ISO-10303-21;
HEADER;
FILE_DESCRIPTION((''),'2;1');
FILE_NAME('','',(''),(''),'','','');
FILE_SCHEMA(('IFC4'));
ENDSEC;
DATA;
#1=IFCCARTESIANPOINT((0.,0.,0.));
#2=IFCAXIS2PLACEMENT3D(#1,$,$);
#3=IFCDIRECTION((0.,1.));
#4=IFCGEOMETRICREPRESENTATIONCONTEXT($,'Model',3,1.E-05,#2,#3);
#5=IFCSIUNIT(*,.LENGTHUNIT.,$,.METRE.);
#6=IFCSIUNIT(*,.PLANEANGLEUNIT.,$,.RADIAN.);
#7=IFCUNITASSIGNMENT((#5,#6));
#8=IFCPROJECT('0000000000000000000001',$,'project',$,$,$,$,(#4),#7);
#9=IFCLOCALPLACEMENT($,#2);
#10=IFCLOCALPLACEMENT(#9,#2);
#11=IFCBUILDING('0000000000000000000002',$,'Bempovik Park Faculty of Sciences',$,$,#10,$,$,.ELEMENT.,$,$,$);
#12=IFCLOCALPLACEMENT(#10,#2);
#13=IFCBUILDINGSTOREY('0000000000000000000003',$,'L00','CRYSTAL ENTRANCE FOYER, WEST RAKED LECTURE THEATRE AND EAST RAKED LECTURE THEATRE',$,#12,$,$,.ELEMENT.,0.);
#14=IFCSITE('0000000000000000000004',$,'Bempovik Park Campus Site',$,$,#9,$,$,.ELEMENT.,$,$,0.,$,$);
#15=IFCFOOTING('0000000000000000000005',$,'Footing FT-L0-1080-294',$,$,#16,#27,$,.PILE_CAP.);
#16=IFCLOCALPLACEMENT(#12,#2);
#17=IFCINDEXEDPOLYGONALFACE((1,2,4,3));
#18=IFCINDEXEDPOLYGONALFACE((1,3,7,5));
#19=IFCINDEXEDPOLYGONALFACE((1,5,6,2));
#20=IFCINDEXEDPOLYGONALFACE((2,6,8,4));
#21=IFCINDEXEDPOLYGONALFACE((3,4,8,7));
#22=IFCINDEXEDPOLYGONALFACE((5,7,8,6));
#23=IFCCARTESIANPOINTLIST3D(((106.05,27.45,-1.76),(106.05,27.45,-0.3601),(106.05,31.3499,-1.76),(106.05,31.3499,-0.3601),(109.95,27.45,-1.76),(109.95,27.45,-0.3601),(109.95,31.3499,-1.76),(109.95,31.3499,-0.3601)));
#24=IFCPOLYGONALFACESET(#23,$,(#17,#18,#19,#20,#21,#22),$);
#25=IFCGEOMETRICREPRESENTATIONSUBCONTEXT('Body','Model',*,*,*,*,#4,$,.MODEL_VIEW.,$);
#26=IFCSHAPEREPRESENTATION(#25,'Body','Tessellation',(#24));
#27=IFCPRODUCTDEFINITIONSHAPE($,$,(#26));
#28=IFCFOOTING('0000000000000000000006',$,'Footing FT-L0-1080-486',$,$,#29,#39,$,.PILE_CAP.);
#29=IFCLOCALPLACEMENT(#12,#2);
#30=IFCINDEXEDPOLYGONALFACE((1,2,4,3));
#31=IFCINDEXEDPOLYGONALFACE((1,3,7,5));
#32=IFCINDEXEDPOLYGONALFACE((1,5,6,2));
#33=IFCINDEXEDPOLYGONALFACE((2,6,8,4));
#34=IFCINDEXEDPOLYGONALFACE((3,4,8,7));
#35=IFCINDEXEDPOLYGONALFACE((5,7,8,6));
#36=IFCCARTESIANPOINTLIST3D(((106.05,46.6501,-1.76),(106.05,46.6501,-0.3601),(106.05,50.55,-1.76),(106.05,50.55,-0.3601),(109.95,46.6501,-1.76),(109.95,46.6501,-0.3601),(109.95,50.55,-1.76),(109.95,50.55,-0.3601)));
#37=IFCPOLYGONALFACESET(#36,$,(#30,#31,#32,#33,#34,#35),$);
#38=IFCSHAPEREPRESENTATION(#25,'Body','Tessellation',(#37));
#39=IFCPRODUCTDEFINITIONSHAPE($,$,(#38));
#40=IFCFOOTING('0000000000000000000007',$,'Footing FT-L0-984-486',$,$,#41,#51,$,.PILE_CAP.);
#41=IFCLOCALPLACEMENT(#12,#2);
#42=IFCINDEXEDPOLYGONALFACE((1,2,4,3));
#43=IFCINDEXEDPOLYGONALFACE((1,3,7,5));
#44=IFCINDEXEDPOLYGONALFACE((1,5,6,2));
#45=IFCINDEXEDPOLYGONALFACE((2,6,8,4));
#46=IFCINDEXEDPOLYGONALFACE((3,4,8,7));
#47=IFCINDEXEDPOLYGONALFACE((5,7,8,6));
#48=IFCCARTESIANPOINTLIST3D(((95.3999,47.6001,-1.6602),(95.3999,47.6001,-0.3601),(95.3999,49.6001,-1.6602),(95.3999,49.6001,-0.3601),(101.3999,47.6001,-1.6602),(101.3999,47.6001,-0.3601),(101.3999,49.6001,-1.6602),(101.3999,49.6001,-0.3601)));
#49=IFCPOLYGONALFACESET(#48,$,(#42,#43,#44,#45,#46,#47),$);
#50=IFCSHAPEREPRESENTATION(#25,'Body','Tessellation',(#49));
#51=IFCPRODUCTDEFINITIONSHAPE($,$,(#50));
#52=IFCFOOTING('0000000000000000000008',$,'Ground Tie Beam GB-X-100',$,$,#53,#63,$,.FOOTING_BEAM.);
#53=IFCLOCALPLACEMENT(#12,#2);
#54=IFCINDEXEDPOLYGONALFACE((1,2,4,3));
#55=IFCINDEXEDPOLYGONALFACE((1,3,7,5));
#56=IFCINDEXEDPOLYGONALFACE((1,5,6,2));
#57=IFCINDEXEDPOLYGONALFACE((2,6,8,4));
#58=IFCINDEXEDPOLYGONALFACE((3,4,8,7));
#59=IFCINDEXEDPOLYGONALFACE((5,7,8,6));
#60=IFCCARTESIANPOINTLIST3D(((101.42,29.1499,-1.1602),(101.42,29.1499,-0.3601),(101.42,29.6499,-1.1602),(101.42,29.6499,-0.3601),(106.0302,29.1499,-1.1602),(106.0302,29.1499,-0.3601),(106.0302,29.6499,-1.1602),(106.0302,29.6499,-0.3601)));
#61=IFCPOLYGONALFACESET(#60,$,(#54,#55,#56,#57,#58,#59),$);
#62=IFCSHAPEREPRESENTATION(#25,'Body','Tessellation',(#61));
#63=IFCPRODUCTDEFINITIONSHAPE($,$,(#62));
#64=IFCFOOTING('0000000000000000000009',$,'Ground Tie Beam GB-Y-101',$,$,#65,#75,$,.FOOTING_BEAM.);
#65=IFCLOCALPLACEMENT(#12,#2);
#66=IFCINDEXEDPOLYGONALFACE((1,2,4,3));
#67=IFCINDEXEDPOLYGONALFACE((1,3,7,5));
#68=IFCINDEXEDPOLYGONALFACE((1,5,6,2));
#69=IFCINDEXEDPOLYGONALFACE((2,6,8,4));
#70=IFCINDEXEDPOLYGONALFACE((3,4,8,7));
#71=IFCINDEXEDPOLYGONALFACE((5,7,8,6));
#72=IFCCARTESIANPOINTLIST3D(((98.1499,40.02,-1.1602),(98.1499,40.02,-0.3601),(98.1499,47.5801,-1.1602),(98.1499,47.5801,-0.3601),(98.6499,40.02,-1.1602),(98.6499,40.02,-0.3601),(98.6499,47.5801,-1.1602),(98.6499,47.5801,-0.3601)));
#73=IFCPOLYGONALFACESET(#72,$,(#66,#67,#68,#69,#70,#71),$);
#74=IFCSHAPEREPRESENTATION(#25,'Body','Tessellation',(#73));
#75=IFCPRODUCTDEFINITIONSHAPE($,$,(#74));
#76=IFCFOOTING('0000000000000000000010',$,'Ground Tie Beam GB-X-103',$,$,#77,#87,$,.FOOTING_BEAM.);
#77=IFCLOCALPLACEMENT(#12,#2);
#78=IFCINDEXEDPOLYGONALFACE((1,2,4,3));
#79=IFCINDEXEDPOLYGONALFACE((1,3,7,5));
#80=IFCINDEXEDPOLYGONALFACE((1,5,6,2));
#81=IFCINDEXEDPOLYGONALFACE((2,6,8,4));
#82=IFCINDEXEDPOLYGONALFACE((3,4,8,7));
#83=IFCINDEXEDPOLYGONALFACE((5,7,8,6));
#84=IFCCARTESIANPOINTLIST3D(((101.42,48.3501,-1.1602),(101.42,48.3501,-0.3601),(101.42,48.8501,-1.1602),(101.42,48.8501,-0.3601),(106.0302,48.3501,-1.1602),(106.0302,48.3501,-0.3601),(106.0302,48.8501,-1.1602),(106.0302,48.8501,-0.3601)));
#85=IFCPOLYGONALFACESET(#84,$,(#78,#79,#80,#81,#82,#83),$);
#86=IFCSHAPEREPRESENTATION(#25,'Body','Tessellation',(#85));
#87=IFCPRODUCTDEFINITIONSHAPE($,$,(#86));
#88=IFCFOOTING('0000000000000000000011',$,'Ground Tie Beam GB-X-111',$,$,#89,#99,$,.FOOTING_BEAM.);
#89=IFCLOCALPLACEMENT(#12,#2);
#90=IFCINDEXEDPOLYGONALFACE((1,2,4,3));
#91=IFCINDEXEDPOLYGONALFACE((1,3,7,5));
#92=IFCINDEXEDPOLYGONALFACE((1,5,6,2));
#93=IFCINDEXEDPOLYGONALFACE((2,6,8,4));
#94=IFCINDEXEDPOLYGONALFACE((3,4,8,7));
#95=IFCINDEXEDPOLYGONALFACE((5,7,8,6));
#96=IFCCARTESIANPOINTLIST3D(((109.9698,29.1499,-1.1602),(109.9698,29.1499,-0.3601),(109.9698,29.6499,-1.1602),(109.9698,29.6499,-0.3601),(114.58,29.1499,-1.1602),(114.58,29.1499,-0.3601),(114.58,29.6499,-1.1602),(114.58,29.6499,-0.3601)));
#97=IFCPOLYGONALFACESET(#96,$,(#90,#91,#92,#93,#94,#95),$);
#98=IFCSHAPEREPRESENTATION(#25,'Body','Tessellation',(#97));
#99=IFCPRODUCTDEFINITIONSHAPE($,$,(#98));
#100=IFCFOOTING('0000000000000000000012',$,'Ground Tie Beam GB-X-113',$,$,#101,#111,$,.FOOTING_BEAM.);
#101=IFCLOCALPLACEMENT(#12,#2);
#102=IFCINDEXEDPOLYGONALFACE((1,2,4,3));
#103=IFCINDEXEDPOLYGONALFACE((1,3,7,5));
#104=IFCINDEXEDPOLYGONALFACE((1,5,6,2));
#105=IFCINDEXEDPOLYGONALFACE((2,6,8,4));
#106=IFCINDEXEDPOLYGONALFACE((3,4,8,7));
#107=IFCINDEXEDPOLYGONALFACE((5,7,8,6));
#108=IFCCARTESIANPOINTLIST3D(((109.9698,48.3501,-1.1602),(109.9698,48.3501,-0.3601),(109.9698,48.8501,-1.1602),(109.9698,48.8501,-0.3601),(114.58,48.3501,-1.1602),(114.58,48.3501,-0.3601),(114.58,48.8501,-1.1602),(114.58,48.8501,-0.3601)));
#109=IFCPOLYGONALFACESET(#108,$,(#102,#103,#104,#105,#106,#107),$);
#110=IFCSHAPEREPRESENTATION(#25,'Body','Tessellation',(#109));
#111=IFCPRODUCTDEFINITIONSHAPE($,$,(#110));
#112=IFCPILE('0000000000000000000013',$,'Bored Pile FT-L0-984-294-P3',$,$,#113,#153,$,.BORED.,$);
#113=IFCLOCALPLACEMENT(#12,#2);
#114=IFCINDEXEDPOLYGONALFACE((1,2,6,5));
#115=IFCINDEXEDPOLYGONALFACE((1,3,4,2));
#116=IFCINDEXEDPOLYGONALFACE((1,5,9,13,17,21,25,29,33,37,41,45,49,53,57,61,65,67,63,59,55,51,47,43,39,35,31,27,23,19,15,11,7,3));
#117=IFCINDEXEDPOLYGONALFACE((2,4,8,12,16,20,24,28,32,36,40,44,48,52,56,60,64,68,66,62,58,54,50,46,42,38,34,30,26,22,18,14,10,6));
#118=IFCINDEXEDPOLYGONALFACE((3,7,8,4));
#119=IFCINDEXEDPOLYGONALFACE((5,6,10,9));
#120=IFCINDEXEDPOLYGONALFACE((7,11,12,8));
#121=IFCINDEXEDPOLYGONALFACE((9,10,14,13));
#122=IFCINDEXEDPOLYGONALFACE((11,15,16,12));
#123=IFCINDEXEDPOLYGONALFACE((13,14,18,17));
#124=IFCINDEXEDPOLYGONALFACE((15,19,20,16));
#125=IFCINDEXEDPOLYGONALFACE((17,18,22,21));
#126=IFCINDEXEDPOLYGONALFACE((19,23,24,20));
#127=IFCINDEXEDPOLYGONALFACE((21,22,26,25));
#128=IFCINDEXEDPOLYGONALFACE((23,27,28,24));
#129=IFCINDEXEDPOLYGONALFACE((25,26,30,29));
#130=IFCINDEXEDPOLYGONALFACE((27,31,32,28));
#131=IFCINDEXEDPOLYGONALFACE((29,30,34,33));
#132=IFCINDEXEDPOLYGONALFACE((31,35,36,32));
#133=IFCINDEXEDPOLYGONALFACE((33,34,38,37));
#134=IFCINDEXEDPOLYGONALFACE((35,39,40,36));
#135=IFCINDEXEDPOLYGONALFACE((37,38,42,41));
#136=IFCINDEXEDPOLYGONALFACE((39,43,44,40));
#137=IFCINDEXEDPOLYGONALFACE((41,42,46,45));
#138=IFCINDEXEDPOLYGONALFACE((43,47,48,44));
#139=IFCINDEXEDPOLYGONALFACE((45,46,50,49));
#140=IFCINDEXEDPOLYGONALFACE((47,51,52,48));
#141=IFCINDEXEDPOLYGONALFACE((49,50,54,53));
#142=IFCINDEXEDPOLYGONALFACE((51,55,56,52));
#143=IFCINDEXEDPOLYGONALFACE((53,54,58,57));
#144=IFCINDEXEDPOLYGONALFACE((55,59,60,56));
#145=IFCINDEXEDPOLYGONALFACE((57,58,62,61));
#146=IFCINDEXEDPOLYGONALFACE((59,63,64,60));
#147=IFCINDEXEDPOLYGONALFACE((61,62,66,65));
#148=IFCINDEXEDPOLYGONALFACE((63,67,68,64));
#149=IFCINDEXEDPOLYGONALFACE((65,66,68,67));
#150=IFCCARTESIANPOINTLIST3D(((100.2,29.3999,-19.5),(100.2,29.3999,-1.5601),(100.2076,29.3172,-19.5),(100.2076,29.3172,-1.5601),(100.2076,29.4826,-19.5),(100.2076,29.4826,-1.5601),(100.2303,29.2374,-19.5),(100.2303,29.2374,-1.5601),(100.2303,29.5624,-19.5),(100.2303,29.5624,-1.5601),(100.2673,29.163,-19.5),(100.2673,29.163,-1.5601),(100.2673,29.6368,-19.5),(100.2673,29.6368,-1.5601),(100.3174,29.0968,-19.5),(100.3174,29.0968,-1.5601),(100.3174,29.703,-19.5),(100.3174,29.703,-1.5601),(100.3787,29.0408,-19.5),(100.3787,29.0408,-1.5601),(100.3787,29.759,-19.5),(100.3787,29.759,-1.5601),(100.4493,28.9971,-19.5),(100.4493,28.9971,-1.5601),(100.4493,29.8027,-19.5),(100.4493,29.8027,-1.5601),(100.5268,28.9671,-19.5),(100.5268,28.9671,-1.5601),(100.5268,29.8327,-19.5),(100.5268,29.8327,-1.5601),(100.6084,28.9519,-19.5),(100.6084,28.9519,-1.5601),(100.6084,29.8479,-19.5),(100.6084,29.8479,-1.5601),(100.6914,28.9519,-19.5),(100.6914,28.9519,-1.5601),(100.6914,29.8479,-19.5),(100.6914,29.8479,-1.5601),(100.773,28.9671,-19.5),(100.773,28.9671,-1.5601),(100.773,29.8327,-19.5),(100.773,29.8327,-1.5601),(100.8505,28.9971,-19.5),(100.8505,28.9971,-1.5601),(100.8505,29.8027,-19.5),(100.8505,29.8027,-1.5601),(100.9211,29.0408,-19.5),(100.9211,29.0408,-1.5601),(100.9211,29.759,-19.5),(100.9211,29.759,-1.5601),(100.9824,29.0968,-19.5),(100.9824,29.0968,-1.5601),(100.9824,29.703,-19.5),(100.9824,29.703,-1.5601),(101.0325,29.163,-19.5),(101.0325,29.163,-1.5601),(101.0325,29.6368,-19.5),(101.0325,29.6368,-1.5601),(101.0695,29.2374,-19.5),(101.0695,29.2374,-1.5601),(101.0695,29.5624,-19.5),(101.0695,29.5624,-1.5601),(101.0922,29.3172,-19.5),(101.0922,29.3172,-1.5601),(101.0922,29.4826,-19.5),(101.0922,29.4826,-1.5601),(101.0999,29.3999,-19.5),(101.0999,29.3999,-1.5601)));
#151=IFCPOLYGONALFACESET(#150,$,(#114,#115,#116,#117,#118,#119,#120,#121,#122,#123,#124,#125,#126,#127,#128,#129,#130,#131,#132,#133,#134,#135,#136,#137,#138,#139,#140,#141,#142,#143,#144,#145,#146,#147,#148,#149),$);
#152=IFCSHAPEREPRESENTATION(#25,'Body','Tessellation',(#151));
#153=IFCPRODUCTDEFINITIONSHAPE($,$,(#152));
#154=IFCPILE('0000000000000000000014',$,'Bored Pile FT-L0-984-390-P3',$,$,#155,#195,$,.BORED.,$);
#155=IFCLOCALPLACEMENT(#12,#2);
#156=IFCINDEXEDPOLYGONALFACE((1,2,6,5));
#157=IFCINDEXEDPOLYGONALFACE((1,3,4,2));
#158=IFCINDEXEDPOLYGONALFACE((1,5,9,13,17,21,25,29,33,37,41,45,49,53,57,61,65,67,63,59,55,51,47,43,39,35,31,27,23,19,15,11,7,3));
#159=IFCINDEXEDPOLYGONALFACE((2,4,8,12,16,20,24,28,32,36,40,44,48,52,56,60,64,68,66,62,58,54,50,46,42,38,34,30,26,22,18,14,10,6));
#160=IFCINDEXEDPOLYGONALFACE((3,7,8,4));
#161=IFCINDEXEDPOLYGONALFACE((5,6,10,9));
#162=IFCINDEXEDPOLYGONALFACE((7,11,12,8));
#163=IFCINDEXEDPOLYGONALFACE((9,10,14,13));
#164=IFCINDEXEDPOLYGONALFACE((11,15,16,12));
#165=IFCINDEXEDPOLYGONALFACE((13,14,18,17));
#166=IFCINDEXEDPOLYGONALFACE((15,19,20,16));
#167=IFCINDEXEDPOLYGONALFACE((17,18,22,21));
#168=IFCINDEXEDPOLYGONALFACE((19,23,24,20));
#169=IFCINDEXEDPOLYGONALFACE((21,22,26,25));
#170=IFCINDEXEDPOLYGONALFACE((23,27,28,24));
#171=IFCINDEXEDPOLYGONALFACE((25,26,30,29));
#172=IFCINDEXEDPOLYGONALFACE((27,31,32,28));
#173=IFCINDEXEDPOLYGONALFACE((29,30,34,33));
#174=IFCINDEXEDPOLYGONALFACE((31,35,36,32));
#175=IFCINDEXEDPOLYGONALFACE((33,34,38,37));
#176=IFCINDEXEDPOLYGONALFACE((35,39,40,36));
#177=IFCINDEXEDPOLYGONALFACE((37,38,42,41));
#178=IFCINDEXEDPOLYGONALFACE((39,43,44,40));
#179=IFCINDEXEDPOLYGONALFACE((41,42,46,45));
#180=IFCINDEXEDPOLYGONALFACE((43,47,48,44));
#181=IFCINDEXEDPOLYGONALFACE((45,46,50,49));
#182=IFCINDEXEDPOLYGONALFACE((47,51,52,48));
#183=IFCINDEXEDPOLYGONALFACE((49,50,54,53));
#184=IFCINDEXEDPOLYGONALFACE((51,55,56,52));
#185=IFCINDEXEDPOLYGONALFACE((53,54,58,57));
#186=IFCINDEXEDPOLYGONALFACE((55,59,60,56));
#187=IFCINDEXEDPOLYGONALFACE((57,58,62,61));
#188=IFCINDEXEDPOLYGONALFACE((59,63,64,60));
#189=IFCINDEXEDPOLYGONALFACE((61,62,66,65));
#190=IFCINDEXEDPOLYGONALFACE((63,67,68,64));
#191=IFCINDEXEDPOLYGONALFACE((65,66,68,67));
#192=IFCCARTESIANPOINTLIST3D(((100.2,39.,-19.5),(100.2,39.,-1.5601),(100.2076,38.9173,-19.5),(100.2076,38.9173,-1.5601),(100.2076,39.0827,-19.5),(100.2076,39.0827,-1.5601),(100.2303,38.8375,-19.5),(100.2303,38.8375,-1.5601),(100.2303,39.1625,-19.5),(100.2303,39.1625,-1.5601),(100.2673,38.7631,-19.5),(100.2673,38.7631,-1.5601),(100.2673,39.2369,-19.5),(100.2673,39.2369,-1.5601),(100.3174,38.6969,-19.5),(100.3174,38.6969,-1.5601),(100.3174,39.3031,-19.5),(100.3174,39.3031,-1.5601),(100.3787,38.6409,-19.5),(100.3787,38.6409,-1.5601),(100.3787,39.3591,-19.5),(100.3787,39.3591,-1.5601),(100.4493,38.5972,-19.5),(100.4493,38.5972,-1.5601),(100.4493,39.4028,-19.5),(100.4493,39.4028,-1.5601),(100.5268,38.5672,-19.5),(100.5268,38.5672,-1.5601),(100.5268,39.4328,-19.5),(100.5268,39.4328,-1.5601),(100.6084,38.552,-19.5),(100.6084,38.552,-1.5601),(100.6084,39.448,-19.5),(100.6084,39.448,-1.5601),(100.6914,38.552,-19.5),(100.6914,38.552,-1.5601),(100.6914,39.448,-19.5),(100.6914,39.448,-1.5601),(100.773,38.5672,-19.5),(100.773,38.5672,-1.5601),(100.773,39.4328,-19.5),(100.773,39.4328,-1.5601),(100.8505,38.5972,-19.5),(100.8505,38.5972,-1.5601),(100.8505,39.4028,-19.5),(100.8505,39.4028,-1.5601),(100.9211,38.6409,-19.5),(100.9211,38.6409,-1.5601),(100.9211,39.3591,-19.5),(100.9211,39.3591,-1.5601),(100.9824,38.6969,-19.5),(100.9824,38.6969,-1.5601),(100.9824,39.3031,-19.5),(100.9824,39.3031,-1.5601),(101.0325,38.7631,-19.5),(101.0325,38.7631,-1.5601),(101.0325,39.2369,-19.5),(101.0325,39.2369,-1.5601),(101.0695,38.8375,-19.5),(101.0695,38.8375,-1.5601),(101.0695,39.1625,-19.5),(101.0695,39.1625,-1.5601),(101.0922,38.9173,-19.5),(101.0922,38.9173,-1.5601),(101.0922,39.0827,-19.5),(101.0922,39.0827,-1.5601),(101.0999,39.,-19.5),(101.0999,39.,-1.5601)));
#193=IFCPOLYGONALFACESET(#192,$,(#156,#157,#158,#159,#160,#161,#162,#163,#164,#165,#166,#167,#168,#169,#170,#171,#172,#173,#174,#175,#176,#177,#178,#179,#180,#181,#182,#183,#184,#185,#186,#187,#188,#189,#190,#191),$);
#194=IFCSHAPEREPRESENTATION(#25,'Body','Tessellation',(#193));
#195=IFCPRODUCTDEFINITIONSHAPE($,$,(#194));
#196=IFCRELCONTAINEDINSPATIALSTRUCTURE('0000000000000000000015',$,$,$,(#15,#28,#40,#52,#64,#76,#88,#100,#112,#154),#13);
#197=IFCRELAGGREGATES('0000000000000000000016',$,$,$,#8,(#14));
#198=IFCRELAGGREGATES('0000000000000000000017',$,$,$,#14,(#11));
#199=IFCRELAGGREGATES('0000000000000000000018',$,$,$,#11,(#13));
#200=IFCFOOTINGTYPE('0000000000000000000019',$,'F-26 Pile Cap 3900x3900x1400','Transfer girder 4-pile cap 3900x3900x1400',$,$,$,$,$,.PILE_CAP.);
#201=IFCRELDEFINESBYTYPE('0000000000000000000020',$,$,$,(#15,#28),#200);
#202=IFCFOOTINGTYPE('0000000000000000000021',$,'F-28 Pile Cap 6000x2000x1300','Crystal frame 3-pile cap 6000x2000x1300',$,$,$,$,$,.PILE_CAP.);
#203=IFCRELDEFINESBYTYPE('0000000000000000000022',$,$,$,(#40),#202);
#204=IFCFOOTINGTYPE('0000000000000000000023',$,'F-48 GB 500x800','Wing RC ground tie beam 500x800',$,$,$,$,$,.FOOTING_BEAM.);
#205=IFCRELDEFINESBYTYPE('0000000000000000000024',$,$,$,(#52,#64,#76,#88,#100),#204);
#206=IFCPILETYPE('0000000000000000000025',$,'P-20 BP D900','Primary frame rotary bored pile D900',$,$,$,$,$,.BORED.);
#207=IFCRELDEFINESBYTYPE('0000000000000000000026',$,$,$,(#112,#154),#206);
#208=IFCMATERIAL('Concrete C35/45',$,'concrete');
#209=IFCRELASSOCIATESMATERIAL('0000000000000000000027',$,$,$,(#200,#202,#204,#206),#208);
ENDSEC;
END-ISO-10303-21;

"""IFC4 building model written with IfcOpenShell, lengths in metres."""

from ifc_helpers import new_model, si_unit, direction, frame, origin, origin_2d, place, context, subcontext, project, spatial, rectangle, circle, extrude, material, material_profile, profile_set, type_object, element, save


model = new_model("IFC4")

# Units and contexts
model_context = context("Model", 3, precision=1e-05, world=origin(), true_north=direction((0.0, 1.0)))
body_context = subcontext(model_context, "Body", "Model", "MODEL_VIEW")
ifc_project = project(units=[si_unit("LENGTHUNIT", "METRE"), si_unit("PLANEANGLEUNIT", "RADIAN")], contexts=[model_context])

# Site, building, storey
site_placement = place(None, origin())
site = spatial("IfcSite", under=ifc_project, at=site_placement, Name="Bempovik Park Campus Site", CompositionType="ELEMENT", RefElevation=0.0)
building_placement = place(site_placement, origin())
building = spatial("IfcBuilding", under=site, at=building_placement, Name="Bempovik Park Faculty of Sciences", CompositionType="ELEMENT")
storey_placement = place(building_placement, origin())
storey = spatial("IfcBuildingStorey", under=building, at=storey_placement, Name="L00", Description="CRYSTAL ENTRANCE FOYER, WEST RAKED LECTURE THEATRE AND EAST RAKED LECTURE THEATRE", CompositionType="ELEMENT", Elevation=0.0)

# Footings
ifc_material_1 = material(Name="Concrete C35/45", Category="concrete")
footing_type_1 = type_object("IfcFootingType", Name="F-26 Pile Cap 3900x3900x1400", Description="Transfer girder 4-pile cap 3900x3900x1400", PredefinedType="PILE_CAP", material=ifc_material_1)
for number, where, z_axis, x_axis, name in (
    (1, (108.0, 29.3999, -1.76), (0.0, 0.0, 1.0), (1.0, 0.0, 0.0), "Footing FT-L0-1080-294"),
    (2, (108.0, 48.6001, -1.76), (0.0, 0.0, 1.0), (1.0, 0.0, 0.0), "Footing FT-L0-1080-486"),
):
    element("IfcFooting", number, at=place(storey_placement, frame(where, z_axis=z_axis, x_axis=x_axis)), inside=storey, type_object=footing_type_1, Name=name, PredefinedType="PILE_CAP", context=body_context, shape_type="SweptSolid", body=[
        extrude(rectangle(XDim=3.8999, YDim=3.8999, at=origin_2d()), origin(), (0.0, 0.0, 1.0), 1.3999),
    ])
footing_type_2 = type_object("IfcFootingType", Name="F-28 Pile Cap 6000x2000x1300", Description="Crystal frame 3-pile cap 6000x2000x1300", PredefinedType="PILE_CAP", material=ifc_material_1)
footing_1_placement = place(storey_placement, frame((98.3999, 48.6001, -1.6602), z_axis=(0.0, 0.0, 1.0), x_axis=(1.0, 0.0, 0.0)))
element("IfcFooting", 3, at=footing_1_placement, inside=storey, type_object=footing_type_2, Name="Footing FT-L0-984-486", PredefinedType="PILE_CAP", context=body_context, shape_type="SweptSolid", body=[
    extrude(rectangle(XDim=6.0, YDim=2.0, at=origin_2d()), origin(), (0.0, 0.0, 1.0), 1.3),
])
footing_type_3 = type_object("IfcFootingType", Name="F-48 GB 500x800", Description="Wing RC ground tie beam 500x800", PredefinedType="FOOTING_BEAM", material=ifc_material_1)
footing_2_placement = place(storey_placement, frame((103.7251, 29.3999, -1.1602), z_axis=(0.0, 0.0, 1.0), x_axis=(1.0, 0.0, 0.0)))
element("IfcFooting", 4, at=footing_2_placement, inside=storey, type_object=footing_type_3, Name="Ground Tie Beam GB-X-100", PredefinedType="FOOTING_BEAM", context=body_context, shape_type="SweptSolid", body=[
    extrude(rectangle(XDim=4.6101, YDim=0.5, at=origin_2d()), origin(), (0.0, 0.0, 1.0), 0.8),
])
footing_3_placement = place(storey_placement, frame((98.3999, 43.8, -1.1602), z_axis=(0.0, 0.0, 1.0), x_axis=(1.0, 0.0, 0.0)))
element("IfcFooting", 5, at=footing_3_placement, inside=storey, type_object=footing_type_3, Name="Ground Tie Beam GB-Y-101", PredefinedType="FOOTING_BEAM", context=body_context, shape_type="SweptSolid", body=[
    extrude(rectangle(XDim=0.5, YDim=7.5601, at=origin_2d()), origin(), (0.0, 0.0, 1.0), 0.8),
])
for number, where, z_axis, x_axis, name in (
    (6, (103.7251, 48.6001, -1.1602), (0.0, 0.0, 1.0), (1.0, 0.0, 0.0), "Ground Tie Beam GB-X-103"),
    (7, (112.2749, 29.3999, -1.1602), (0.0, 0.0, 1.0), (1.0, 0.0, 0.0), "Ground Tie Beam GB-X-111"),
    (8, (112.2749, 48.6001, -1.1602), (0.0, 0.0, 1.0), (1.0, 0.0, 0.0), "Ground Tie Beam GB-X-113"),
):
    element("IfcFooting", number, at=place(storey_placement, frame(where, z_axis=z_axis, x_axis=x_axis)), inside=storey, type_object=footing_type_3, Name=name, PredefinedType="FOOTING_BEAM", context=body_context, shape_type="SweptSolid", body=[
        extrude(rectangle(XDim=4.6101, YDim=0.5, at=origin_2d()), origin(), (0.0, 0.0, 1.0), 0.8),
    ])

# Piles
ifc_material_profile_1 = material_profile(ifc_material_1, circle(Radius=0.45, at=origin_2d()), Name="BP D900")
ifc_profile_set_1 = profile_set([ifc_material_profile_1], Name="Concrete C35/45")
pile_type = type_object("IfcPileType", Name="P-20 BP D900", Description="Primary frame rotary bored pile D900", PredefinedType="BORED", material=ifc_profile_set_1)
for number, where, z_axis, x_axis, name in (
    (9, (100.6499, 29.3999, -1.5601), (0.0, 0.0, -1.0), (1.0, 0.0, 0.0), "Bored Pile FT-L0-984-294-P3"),
    (10, (100.6499, 39.0, -1.5601), (0.0, 0.0, -1.0), (1.0, 0.0, 0.0), "Bored Pile FT-L0-984-390-P3"),
):
    element("IfcPile", number, at=place(storey_placement, frame(where, z_axis=z_axis, x_axis=x_axis)), inside=storey, type_object=pile_type, Name=name, PredefinedType="BORED", context=body_context, shape_type="SweptSolid", body=[
        extrude(circle(Radius=0.45, at=origin_2d()), origin(), (0.0, 0.0, 1.0), 17.9399),
    ])

save(model, "model.ifc")
